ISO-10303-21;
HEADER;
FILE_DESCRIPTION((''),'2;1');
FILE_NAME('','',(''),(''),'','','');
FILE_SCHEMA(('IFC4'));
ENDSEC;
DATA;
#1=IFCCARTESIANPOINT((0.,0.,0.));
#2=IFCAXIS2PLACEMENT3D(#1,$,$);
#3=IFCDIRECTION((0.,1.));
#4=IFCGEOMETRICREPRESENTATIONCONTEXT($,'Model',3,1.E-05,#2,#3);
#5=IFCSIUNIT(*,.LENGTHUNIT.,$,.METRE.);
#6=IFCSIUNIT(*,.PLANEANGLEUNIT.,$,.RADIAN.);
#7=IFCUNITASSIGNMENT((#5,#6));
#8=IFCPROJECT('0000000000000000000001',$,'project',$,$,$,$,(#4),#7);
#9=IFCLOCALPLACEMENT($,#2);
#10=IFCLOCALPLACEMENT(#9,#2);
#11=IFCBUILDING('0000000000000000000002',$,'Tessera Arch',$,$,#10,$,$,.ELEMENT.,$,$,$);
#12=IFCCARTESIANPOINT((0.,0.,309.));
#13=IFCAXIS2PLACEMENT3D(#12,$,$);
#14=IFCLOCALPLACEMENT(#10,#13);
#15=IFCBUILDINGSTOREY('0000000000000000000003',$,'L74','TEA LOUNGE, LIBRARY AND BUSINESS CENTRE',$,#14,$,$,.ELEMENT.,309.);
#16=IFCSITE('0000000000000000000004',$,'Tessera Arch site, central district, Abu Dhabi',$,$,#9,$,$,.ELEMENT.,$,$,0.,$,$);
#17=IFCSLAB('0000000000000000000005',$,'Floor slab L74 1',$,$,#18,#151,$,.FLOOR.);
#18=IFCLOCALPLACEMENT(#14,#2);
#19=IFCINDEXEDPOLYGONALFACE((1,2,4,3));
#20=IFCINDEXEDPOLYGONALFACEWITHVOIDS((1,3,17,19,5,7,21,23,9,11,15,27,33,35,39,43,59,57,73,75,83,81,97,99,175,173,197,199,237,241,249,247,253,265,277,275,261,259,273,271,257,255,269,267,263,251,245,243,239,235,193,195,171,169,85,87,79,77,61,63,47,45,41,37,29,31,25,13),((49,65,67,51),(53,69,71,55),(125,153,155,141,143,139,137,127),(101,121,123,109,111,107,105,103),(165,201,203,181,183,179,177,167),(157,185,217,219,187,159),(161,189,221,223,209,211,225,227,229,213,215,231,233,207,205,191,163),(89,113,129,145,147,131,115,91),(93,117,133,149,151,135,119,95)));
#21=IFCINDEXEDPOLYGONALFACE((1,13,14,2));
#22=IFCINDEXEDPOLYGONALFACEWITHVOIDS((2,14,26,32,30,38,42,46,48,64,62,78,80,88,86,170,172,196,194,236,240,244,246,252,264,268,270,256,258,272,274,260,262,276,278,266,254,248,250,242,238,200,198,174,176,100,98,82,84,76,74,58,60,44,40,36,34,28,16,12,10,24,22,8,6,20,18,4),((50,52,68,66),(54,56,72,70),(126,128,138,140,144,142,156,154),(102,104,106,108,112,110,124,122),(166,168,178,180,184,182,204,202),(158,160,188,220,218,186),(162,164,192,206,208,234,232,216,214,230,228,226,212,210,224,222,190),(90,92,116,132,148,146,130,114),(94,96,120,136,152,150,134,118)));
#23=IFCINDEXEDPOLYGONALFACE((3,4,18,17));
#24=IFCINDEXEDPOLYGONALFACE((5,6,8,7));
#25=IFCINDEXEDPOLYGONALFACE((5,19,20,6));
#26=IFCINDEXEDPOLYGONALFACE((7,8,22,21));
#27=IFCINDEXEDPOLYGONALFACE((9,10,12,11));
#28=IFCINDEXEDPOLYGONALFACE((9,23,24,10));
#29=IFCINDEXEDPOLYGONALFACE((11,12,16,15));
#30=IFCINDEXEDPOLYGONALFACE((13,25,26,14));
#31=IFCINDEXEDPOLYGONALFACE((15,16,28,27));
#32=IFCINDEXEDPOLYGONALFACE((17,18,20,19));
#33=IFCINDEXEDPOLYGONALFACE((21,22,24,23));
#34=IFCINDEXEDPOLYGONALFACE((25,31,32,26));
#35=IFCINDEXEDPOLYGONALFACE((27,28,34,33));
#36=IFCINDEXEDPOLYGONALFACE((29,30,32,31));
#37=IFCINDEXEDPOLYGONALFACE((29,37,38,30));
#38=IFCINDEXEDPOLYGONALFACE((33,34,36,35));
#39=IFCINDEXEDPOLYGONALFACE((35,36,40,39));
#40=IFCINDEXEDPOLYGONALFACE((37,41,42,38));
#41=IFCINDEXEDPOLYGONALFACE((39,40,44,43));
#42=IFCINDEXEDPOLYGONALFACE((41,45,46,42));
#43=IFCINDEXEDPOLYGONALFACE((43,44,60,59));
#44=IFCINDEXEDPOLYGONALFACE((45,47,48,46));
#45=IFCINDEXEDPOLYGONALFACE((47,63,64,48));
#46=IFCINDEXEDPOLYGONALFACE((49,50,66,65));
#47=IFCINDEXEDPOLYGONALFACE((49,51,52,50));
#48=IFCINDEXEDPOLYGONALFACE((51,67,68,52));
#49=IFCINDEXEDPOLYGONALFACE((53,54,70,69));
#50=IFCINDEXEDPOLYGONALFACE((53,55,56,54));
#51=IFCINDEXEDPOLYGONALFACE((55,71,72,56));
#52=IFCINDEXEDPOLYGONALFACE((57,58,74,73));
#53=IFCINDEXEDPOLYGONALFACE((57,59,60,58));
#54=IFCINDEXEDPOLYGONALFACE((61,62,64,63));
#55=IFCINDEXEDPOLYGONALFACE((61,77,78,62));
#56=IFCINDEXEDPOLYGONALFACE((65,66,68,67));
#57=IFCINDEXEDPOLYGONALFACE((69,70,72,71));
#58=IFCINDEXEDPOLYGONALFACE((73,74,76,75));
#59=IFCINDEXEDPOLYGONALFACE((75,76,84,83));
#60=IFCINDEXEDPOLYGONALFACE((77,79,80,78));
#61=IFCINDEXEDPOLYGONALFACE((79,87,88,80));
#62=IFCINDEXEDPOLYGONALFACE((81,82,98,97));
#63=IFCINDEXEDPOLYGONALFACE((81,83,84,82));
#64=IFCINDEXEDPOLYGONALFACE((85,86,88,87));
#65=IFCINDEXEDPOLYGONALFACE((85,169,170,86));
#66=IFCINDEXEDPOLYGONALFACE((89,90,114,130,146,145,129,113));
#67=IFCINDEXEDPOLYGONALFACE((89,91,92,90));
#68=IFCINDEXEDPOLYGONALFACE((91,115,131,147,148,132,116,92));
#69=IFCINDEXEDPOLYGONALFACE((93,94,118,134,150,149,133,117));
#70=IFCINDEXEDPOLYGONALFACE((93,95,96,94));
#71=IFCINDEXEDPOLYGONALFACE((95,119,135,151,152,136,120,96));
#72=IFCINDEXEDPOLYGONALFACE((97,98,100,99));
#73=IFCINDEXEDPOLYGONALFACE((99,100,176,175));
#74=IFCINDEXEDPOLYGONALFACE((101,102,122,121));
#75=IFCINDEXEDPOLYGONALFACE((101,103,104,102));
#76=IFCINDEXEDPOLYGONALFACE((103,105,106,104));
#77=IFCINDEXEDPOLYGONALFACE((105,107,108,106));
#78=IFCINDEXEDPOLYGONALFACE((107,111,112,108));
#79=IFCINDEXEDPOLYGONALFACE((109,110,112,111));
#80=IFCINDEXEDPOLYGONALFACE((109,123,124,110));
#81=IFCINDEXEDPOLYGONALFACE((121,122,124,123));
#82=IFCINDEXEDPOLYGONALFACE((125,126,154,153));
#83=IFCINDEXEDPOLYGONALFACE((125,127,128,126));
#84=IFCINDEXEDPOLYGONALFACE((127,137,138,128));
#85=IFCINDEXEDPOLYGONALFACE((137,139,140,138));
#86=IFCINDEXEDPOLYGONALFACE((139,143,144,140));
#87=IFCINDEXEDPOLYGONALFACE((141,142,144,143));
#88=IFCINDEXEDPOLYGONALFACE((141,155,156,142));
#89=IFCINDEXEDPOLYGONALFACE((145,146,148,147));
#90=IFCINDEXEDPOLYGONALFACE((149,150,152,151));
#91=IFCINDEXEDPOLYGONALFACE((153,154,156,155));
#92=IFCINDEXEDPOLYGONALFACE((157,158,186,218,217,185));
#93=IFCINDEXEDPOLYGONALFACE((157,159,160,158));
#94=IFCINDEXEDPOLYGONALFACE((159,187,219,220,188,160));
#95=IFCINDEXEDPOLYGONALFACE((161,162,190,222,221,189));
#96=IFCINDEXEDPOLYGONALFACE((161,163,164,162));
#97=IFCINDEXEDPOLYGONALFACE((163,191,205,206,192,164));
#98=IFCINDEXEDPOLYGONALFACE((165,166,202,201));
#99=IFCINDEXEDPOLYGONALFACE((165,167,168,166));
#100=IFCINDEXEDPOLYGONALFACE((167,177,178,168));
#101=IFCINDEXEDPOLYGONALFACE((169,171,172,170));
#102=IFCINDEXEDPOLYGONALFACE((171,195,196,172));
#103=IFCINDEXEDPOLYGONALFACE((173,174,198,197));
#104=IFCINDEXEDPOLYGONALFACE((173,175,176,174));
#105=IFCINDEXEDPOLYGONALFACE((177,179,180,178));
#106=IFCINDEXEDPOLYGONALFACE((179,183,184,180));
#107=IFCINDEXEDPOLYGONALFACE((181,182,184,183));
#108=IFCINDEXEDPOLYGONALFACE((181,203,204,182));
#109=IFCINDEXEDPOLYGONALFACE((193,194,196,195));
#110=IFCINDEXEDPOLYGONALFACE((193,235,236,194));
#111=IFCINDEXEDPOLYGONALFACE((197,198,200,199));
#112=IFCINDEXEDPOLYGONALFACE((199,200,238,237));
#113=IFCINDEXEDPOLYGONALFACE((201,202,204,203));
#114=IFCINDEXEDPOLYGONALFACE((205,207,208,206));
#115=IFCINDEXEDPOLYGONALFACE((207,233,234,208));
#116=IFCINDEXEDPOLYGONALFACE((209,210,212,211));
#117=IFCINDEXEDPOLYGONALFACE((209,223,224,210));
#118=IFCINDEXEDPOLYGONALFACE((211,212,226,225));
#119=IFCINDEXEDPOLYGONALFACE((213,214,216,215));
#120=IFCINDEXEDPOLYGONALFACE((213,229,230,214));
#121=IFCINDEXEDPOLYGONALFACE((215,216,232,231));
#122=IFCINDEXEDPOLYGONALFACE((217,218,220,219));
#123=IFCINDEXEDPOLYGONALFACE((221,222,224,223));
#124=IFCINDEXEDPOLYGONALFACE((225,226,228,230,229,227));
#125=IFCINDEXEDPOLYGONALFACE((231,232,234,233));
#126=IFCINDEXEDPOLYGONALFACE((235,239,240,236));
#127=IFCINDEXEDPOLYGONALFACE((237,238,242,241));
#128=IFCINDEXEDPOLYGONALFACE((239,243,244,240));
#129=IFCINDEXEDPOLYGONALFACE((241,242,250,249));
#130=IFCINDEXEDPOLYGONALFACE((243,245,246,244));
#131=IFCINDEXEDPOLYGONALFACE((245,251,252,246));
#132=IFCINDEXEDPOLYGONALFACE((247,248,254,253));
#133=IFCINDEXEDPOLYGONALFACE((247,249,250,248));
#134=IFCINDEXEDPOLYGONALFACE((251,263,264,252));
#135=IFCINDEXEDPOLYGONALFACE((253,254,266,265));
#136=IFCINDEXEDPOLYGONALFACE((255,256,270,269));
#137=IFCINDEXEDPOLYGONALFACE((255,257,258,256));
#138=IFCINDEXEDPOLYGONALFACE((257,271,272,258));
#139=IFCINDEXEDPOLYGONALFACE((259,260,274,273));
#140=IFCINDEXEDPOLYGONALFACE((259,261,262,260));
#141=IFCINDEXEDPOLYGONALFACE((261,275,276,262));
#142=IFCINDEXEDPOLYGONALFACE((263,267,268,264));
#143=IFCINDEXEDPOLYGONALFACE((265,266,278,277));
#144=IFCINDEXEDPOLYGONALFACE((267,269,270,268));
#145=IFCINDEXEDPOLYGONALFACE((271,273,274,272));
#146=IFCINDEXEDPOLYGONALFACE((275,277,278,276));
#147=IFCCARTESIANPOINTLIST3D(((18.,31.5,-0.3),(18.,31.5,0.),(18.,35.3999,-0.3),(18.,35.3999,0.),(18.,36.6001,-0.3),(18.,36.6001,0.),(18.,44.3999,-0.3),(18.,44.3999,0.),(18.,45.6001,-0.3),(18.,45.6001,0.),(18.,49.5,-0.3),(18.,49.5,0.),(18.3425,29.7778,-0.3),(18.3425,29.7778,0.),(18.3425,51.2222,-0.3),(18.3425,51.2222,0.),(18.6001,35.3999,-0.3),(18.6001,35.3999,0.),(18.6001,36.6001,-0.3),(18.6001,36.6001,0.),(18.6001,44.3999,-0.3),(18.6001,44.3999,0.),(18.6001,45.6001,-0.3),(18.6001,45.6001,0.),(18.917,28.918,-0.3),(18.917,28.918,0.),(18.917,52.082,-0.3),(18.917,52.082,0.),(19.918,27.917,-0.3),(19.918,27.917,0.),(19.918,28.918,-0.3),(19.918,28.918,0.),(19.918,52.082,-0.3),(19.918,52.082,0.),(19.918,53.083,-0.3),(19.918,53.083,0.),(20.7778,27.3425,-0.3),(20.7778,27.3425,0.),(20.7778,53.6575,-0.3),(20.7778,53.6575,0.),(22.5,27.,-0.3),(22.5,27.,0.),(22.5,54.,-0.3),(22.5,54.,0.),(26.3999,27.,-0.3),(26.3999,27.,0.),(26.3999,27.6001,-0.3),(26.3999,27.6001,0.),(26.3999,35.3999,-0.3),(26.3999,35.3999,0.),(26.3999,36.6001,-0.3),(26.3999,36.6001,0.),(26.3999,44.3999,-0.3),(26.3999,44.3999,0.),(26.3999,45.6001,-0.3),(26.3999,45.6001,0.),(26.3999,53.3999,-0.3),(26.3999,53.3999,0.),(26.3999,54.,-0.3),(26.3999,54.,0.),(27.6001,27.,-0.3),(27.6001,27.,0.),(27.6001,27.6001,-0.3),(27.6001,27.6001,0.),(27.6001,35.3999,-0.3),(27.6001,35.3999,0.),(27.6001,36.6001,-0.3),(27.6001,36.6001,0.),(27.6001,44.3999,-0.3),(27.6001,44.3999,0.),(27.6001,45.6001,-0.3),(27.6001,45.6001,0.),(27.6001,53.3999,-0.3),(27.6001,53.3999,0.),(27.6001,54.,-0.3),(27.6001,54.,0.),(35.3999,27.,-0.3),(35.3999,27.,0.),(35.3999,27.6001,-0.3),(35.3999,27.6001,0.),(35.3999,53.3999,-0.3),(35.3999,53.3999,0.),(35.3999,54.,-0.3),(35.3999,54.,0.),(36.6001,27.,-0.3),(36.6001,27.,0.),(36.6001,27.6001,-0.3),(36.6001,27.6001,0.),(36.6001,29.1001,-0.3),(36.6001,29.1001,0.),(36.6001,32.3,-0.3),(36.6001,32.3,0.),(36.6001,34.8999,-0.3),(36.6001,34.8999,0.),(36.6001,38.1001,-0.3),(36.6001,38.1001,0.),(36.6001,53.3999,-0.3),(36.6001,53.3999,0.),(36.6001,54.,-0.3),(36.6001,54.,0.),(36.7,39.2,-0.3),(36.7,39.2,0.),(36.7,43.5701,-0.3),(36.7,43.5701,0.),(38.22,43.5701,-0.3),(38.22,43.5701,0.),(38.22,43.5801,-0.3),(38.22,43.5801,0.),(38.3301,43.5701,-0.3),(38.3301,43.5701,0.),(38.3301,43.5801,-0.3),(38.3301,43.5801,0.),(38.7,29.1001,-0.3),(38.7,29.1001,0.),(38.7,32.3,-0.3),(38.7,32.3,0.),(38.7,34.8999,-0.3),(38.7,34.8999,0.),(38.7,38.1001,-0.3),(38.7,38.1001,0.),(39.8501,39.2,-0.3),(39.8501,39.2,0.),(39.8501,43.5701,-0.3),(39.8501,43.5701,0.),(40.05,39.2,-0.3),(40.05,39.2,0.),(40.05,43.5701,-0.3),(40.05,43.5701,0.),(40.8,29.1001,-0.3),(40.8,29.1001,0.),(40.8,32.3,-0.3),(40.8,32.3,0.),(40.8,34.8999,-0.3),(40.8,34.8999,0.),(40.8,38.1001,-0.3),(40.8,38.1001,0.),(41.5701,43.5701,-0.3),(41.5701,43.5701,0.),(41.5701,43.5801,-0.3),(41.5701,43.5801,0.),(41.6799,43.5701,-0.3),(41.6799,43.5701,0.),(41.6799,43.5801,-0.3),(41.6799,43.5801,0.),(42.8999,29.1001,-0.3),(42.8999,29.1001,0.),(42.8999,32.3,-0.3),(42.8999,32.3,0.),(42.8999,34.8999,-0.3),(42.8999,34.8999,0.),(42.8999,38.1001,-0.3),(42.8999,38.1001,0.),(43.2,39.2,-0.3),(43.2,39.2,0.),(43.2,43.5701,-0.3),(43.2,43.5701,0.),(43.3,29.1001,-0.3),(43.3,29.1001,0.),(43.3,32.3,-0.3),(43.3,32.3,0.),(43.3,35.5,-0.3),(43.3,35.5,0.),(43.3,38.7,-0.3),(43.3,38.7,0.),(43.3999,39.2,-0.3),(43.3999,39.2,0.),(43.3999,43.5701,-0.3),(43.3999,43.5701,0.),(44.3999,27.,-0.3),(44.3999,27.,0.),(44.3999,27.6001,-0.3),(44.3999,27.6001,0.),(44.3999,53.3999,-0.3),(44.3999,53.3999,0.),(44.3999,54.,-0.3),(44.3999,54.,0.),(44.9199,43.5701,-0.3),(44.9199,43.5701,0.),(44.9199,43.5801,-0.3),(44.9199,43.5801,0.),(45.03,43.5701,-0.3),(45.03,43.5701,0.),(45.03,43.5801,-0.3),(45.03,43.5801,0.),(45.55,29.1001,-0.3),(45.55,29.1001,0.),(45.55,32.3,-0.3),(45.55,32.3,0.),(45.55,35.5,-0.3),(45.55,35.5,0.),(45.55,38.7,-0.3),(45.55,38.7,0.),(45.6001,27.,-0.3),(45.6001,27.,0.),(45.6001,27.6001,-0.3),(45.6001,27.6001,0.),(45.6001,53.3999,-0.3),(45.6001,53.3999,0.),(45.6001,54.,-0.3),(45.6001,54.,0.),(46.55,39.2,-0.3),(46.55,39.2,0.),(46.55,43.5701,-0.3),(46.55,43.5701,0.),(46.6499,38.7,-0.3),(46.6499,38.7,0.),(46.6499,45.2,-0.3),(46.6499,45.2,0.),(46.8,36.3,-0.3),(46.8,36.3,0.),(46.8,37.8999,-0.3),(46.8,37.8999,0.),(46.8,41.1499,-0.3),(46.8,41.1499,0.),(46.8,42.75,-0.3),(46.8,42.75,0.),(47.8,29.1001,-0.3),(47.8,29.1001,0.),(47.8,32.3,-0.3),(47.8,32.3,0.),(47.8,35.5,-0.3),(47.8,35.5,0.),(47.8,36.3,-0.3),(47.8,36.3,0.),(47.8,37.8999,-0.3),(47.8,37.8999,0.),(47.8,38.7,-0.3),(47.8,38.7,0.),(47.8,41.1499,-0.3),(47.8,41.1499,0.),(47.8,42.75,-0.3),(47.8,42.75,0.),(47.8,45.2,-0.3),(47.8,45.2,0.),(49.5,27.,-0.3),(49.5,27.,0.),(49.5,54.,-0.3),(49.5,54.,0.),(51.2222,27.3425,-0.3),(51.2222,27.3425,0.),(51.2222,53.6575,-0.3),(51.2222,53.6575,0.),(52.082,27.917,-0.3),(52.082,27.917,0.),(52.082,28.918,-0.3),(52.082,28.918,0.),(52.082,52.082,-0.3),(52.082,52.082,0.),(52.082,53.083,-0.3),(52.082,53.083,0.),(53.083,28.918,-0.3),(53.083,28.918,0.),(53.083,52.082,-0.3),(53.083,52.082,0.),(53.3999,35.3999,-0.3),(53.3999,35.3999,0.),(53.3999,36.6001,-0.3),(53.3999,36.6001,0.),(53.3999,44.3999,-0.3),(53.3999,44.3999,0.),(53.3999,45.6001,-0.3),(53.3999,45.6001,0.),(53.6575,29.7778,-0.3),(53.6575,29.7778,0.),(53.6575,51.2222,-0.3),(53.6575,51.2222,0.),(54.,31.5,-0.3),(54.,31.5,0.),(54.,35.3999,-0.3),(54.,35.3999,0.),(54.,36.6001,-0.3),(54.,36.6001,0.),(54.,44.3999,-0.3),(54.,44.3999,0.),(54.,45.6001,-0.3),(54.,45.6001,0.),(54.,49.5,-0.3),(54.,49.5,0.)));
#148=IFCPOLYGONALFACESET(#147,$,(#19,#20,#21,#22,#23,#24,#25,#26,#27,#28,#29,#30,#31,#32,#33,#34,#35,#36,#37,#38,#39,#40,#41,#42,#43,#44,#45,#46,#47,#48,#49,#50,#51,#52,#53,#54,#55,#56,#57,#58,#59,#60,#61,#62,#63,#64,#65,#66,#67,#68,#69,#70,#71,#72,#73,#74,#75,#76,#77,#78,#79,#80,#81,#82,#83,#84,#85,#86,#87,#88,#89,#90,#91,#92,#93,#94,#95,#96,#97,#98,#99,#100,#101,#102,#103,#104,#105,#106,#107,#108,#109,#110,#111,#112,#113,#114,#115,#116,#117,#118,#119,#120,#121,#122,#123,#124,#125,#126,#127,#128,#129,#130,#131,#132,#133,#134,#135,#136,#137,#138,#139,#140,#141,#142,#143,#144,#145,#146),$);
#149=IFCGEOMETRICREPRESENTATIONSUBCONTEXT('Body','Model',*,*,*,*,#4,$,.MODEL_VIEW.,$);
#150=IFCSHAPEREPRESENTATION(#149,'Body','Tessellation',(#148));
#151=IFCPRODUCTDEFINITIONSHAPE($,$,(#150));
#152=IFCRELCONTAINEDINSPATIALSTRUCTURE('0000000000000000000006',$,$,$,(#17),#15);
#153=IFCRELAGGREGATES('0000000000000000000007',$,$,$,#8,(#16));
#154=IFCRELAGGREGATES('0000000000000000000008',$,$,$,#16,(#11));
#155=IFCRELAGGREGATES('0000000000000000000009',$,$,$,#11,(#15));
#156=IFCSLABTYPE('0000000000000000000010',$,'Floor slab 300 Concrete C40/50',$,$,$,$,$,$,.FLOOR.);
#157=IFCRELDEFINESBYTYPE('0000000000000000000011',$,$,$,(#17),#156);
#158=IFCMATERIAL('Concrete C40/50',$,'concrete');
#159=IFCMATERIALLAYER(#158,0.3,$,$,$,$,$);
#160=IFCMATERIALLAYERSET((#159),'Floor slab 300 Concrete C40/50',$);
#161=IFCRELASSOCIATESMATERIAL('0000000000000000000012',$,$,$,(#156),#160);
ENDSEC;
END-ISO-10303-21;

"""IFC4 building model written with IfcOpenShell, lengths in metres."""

from ifc_helpers import new_model, si_unit, direction, frame, origin, place, context, subcontext, project, spatial, polyline, outline, extrude, material, layer, layer_set, type_object, element, save


model = new_model("IFC4")

# Units and contexts
model_context = context("Model", 3, precision=1e-05, world=origin(), true_north=direction((0.0, 1.0)))
body_context = subcontext(model_context, "Body", "Model", "MODEL_VIEW")
ifc_project = project(units=[si_unit("LENGTHUNIT", "METRE"), si_unit("PLANEANGLEUNIT", "RADIAN")], contexts=[model_context])

# Site, building, storey
site_placement = place(None, origin())
site = spatial("IfcSite", under=ifc_project, at=site_placement, Name="Tessera Arch site, central district, Abu Dhabi", CompositionType="ELEMENT", RefElevation=0.0)
building_placement = place(site_placement, origin())
building = spatial("IfcBuilding", under=site, at=building_placement, Name="Tessera Arch", CompositionType="ELEMENT")
storey_placement = place(building_placement, frame((0.0, 0.0, 309.0)))
storey = spatial("IfcBuildingStorey", under=building, at=storey_placement, Name="L74", Description="TEA LOUNGE, LIBRARY AND BUSINESS CENTRE", CompositionType="ELEMENT", Elevation=309.0)

# Slab
ifc_material_1 = material(Name="Concrete C40/50", Category="concrete")
ifc_layer_1 = layer(ifc_material_1, 0.3)
ifc_layer_set_1 = layer_set([ifc_layer_1], Name="Floor slab 300 Concrete C40/50")
slab_type = type_object("IfcSlabType", Name="Floor slab 300 Concrete C40/50", PredefinedType="FLOOR", material=ifc_layer_set_1)
slab_placement = place(storey_placement, frame((0.0, 0.0, -0.3)))
element("IfcSlab", 1, at=slab_placement, inside=storey, type_object=slab_type, Name="Floor slab L74 1", PredefinedType="FLOOR", context=body_context, shape_type="SweptSolid", body=[
    extrude(outline(polyline([(54.0, 31.5), (53.6575, 29.7778), (53.083, 28.918), (52.082, 28.918), (52.082, 27.917), (51.2222, 27.3425), (49.5, 27.0), (45.6001, 27.0), (45.6001, 27.6001), (44.3999, 27.6001), (44.3999, 27.0), (36.6001, 27.0), (36.6001, 27.6001), (35.3999, 27.6001), (35.3999, 27.0), (27.6001, 27.0), (27.6001, 27.6001), (26.3999, 27.6001), (26.3999, 27.0), (22.5, 27.0), (20.7778, 27.3425), (19.918, 27.917), (19.918, 28.918), (18.917, 28.918), (18.3425, 29.7778), (18.0, 31.5), (18.0, 35.3999), (18.6001, 35.3999), (18.6001, 36.6001), (18.0, 36.6001), (18.0, 44.3999), (18.6001, 44.3999), (18.6001, 45.6001), (18.0, 45.6001), (18.0, 49.5), (18.3425, 51.2222), (18.917, 52.082), (19.918, 52.082), (19.918, 53.083), (20.7778, 53.6575), (22.5, 54.0), (26.3999, 54.0), (26.3999, 53.3999), (27.6001, 53.3999), (27.6001, 54.0), (35.3999, 54.0), (35.3999, 53.3999), (36.6001, 53.3999), (36.6001, 54.0), (44.3999, 54.0), (44.3999, 53.3999), (45.6001, 53.3999), (45.6001, 54.0), (49.5, 54.0), (51.2222, 53.6575), (52.082, 53.083), (52.082, 52.082), (53.083, 52.082), (53.6575, 51.2222), (54.0, 49.5), (54.0, 45.6001), (53.3999, 45.6001), (53.3999, 44.3999), (54.0, 44.3999), (54.0, 36.6001), (53.3999, 36.6001), (53.3999, 35.3999), (54.0, 35.3999), (54.0, 31.5)]), holes=[polyline([(40.8, 29.1001), (42.8999, 29.1001), (42.8999, 32.3), (40.8, 32.3), (38.7, 32.3), (36.6001, 32.3), (36.6001, 29.1001), (38.7, 29.1001), (40.8, 29.1001)]), polyline([(27.6001, 35.3999), (27.6001, 36.6001), (26.3999, 36.6001), (26.3999, 35.3999), (27.6001, 35.3999)]), polyline([(40.8, 34.8999), (42.8999, 34.8999), (42.8999, 38.1001), (40.8, 38.1001), (38.7, 38.1001), (36.6001, 38.1001), (36.6001, 34.8999), (38.7, 34.8999), (40.8, 34.8999)]), polyline([(38.22, 43.5801), (38.22, 43.5701), (36.7, 43.5701), (36.7, 39.2), (39.8501, 39.2), (39.8501, 43.5701), (38.3301, 43.5701), (38.3301, 43.5801), (38.22, 43.5801)]), polyline([(27.6001, 44.3999), (27.6001, 45.6001), (26.3999, 45.6001), (26.3999, 44.3999), (27.6001, 44.3999)]), polyline([(47.8, 32.3), (45.55, 32.3), (43.3, 32.3), (43.3, 29.1001), (45.55, 29.1001), (47.8, 29.1001), (47.8, 32.3)]), polyline([(46.6499, 38.7), (45.55, 38.7), (43.3, 38.7), (43.3, 35.5), (45.55, 35.5), (47.8, 35.5), (47.8, 36.3), (46.8, 36.3), (46.8, 37.8999), (47.8, 37.8999), (47.8, 38.7), (47.8, 41.1499), (46.8, 41.1499), (46.8, 42.75), (47.8, 42.75), (47.8, 45.2), (46.6499, 45.2), (46.6499, 38.7)]), polyline([(41.5701, 43.5801), (41.5701, 43.5701), (40.05, 43.5701), (40.05, 39.2), (43.2, 39.2), (43.2, 43.5701), (41.6799, 43.5701), (41.6799, 43.5801), (41.5701, 43.5801)]), polyline([(44.9199, 43.5801), (44.9199, 43.5701), (43.3999, 43.5701), (43.3999, 39.2), (46.55, 39.2), (46.55, 43.5701), (45.03, 43.5701), (45.03, 43.5801), (44.9199, 43.5801)])]), origin(), (0.0, 0.0, 1.0), 0.3),
])

save(model, "model.ifc")
